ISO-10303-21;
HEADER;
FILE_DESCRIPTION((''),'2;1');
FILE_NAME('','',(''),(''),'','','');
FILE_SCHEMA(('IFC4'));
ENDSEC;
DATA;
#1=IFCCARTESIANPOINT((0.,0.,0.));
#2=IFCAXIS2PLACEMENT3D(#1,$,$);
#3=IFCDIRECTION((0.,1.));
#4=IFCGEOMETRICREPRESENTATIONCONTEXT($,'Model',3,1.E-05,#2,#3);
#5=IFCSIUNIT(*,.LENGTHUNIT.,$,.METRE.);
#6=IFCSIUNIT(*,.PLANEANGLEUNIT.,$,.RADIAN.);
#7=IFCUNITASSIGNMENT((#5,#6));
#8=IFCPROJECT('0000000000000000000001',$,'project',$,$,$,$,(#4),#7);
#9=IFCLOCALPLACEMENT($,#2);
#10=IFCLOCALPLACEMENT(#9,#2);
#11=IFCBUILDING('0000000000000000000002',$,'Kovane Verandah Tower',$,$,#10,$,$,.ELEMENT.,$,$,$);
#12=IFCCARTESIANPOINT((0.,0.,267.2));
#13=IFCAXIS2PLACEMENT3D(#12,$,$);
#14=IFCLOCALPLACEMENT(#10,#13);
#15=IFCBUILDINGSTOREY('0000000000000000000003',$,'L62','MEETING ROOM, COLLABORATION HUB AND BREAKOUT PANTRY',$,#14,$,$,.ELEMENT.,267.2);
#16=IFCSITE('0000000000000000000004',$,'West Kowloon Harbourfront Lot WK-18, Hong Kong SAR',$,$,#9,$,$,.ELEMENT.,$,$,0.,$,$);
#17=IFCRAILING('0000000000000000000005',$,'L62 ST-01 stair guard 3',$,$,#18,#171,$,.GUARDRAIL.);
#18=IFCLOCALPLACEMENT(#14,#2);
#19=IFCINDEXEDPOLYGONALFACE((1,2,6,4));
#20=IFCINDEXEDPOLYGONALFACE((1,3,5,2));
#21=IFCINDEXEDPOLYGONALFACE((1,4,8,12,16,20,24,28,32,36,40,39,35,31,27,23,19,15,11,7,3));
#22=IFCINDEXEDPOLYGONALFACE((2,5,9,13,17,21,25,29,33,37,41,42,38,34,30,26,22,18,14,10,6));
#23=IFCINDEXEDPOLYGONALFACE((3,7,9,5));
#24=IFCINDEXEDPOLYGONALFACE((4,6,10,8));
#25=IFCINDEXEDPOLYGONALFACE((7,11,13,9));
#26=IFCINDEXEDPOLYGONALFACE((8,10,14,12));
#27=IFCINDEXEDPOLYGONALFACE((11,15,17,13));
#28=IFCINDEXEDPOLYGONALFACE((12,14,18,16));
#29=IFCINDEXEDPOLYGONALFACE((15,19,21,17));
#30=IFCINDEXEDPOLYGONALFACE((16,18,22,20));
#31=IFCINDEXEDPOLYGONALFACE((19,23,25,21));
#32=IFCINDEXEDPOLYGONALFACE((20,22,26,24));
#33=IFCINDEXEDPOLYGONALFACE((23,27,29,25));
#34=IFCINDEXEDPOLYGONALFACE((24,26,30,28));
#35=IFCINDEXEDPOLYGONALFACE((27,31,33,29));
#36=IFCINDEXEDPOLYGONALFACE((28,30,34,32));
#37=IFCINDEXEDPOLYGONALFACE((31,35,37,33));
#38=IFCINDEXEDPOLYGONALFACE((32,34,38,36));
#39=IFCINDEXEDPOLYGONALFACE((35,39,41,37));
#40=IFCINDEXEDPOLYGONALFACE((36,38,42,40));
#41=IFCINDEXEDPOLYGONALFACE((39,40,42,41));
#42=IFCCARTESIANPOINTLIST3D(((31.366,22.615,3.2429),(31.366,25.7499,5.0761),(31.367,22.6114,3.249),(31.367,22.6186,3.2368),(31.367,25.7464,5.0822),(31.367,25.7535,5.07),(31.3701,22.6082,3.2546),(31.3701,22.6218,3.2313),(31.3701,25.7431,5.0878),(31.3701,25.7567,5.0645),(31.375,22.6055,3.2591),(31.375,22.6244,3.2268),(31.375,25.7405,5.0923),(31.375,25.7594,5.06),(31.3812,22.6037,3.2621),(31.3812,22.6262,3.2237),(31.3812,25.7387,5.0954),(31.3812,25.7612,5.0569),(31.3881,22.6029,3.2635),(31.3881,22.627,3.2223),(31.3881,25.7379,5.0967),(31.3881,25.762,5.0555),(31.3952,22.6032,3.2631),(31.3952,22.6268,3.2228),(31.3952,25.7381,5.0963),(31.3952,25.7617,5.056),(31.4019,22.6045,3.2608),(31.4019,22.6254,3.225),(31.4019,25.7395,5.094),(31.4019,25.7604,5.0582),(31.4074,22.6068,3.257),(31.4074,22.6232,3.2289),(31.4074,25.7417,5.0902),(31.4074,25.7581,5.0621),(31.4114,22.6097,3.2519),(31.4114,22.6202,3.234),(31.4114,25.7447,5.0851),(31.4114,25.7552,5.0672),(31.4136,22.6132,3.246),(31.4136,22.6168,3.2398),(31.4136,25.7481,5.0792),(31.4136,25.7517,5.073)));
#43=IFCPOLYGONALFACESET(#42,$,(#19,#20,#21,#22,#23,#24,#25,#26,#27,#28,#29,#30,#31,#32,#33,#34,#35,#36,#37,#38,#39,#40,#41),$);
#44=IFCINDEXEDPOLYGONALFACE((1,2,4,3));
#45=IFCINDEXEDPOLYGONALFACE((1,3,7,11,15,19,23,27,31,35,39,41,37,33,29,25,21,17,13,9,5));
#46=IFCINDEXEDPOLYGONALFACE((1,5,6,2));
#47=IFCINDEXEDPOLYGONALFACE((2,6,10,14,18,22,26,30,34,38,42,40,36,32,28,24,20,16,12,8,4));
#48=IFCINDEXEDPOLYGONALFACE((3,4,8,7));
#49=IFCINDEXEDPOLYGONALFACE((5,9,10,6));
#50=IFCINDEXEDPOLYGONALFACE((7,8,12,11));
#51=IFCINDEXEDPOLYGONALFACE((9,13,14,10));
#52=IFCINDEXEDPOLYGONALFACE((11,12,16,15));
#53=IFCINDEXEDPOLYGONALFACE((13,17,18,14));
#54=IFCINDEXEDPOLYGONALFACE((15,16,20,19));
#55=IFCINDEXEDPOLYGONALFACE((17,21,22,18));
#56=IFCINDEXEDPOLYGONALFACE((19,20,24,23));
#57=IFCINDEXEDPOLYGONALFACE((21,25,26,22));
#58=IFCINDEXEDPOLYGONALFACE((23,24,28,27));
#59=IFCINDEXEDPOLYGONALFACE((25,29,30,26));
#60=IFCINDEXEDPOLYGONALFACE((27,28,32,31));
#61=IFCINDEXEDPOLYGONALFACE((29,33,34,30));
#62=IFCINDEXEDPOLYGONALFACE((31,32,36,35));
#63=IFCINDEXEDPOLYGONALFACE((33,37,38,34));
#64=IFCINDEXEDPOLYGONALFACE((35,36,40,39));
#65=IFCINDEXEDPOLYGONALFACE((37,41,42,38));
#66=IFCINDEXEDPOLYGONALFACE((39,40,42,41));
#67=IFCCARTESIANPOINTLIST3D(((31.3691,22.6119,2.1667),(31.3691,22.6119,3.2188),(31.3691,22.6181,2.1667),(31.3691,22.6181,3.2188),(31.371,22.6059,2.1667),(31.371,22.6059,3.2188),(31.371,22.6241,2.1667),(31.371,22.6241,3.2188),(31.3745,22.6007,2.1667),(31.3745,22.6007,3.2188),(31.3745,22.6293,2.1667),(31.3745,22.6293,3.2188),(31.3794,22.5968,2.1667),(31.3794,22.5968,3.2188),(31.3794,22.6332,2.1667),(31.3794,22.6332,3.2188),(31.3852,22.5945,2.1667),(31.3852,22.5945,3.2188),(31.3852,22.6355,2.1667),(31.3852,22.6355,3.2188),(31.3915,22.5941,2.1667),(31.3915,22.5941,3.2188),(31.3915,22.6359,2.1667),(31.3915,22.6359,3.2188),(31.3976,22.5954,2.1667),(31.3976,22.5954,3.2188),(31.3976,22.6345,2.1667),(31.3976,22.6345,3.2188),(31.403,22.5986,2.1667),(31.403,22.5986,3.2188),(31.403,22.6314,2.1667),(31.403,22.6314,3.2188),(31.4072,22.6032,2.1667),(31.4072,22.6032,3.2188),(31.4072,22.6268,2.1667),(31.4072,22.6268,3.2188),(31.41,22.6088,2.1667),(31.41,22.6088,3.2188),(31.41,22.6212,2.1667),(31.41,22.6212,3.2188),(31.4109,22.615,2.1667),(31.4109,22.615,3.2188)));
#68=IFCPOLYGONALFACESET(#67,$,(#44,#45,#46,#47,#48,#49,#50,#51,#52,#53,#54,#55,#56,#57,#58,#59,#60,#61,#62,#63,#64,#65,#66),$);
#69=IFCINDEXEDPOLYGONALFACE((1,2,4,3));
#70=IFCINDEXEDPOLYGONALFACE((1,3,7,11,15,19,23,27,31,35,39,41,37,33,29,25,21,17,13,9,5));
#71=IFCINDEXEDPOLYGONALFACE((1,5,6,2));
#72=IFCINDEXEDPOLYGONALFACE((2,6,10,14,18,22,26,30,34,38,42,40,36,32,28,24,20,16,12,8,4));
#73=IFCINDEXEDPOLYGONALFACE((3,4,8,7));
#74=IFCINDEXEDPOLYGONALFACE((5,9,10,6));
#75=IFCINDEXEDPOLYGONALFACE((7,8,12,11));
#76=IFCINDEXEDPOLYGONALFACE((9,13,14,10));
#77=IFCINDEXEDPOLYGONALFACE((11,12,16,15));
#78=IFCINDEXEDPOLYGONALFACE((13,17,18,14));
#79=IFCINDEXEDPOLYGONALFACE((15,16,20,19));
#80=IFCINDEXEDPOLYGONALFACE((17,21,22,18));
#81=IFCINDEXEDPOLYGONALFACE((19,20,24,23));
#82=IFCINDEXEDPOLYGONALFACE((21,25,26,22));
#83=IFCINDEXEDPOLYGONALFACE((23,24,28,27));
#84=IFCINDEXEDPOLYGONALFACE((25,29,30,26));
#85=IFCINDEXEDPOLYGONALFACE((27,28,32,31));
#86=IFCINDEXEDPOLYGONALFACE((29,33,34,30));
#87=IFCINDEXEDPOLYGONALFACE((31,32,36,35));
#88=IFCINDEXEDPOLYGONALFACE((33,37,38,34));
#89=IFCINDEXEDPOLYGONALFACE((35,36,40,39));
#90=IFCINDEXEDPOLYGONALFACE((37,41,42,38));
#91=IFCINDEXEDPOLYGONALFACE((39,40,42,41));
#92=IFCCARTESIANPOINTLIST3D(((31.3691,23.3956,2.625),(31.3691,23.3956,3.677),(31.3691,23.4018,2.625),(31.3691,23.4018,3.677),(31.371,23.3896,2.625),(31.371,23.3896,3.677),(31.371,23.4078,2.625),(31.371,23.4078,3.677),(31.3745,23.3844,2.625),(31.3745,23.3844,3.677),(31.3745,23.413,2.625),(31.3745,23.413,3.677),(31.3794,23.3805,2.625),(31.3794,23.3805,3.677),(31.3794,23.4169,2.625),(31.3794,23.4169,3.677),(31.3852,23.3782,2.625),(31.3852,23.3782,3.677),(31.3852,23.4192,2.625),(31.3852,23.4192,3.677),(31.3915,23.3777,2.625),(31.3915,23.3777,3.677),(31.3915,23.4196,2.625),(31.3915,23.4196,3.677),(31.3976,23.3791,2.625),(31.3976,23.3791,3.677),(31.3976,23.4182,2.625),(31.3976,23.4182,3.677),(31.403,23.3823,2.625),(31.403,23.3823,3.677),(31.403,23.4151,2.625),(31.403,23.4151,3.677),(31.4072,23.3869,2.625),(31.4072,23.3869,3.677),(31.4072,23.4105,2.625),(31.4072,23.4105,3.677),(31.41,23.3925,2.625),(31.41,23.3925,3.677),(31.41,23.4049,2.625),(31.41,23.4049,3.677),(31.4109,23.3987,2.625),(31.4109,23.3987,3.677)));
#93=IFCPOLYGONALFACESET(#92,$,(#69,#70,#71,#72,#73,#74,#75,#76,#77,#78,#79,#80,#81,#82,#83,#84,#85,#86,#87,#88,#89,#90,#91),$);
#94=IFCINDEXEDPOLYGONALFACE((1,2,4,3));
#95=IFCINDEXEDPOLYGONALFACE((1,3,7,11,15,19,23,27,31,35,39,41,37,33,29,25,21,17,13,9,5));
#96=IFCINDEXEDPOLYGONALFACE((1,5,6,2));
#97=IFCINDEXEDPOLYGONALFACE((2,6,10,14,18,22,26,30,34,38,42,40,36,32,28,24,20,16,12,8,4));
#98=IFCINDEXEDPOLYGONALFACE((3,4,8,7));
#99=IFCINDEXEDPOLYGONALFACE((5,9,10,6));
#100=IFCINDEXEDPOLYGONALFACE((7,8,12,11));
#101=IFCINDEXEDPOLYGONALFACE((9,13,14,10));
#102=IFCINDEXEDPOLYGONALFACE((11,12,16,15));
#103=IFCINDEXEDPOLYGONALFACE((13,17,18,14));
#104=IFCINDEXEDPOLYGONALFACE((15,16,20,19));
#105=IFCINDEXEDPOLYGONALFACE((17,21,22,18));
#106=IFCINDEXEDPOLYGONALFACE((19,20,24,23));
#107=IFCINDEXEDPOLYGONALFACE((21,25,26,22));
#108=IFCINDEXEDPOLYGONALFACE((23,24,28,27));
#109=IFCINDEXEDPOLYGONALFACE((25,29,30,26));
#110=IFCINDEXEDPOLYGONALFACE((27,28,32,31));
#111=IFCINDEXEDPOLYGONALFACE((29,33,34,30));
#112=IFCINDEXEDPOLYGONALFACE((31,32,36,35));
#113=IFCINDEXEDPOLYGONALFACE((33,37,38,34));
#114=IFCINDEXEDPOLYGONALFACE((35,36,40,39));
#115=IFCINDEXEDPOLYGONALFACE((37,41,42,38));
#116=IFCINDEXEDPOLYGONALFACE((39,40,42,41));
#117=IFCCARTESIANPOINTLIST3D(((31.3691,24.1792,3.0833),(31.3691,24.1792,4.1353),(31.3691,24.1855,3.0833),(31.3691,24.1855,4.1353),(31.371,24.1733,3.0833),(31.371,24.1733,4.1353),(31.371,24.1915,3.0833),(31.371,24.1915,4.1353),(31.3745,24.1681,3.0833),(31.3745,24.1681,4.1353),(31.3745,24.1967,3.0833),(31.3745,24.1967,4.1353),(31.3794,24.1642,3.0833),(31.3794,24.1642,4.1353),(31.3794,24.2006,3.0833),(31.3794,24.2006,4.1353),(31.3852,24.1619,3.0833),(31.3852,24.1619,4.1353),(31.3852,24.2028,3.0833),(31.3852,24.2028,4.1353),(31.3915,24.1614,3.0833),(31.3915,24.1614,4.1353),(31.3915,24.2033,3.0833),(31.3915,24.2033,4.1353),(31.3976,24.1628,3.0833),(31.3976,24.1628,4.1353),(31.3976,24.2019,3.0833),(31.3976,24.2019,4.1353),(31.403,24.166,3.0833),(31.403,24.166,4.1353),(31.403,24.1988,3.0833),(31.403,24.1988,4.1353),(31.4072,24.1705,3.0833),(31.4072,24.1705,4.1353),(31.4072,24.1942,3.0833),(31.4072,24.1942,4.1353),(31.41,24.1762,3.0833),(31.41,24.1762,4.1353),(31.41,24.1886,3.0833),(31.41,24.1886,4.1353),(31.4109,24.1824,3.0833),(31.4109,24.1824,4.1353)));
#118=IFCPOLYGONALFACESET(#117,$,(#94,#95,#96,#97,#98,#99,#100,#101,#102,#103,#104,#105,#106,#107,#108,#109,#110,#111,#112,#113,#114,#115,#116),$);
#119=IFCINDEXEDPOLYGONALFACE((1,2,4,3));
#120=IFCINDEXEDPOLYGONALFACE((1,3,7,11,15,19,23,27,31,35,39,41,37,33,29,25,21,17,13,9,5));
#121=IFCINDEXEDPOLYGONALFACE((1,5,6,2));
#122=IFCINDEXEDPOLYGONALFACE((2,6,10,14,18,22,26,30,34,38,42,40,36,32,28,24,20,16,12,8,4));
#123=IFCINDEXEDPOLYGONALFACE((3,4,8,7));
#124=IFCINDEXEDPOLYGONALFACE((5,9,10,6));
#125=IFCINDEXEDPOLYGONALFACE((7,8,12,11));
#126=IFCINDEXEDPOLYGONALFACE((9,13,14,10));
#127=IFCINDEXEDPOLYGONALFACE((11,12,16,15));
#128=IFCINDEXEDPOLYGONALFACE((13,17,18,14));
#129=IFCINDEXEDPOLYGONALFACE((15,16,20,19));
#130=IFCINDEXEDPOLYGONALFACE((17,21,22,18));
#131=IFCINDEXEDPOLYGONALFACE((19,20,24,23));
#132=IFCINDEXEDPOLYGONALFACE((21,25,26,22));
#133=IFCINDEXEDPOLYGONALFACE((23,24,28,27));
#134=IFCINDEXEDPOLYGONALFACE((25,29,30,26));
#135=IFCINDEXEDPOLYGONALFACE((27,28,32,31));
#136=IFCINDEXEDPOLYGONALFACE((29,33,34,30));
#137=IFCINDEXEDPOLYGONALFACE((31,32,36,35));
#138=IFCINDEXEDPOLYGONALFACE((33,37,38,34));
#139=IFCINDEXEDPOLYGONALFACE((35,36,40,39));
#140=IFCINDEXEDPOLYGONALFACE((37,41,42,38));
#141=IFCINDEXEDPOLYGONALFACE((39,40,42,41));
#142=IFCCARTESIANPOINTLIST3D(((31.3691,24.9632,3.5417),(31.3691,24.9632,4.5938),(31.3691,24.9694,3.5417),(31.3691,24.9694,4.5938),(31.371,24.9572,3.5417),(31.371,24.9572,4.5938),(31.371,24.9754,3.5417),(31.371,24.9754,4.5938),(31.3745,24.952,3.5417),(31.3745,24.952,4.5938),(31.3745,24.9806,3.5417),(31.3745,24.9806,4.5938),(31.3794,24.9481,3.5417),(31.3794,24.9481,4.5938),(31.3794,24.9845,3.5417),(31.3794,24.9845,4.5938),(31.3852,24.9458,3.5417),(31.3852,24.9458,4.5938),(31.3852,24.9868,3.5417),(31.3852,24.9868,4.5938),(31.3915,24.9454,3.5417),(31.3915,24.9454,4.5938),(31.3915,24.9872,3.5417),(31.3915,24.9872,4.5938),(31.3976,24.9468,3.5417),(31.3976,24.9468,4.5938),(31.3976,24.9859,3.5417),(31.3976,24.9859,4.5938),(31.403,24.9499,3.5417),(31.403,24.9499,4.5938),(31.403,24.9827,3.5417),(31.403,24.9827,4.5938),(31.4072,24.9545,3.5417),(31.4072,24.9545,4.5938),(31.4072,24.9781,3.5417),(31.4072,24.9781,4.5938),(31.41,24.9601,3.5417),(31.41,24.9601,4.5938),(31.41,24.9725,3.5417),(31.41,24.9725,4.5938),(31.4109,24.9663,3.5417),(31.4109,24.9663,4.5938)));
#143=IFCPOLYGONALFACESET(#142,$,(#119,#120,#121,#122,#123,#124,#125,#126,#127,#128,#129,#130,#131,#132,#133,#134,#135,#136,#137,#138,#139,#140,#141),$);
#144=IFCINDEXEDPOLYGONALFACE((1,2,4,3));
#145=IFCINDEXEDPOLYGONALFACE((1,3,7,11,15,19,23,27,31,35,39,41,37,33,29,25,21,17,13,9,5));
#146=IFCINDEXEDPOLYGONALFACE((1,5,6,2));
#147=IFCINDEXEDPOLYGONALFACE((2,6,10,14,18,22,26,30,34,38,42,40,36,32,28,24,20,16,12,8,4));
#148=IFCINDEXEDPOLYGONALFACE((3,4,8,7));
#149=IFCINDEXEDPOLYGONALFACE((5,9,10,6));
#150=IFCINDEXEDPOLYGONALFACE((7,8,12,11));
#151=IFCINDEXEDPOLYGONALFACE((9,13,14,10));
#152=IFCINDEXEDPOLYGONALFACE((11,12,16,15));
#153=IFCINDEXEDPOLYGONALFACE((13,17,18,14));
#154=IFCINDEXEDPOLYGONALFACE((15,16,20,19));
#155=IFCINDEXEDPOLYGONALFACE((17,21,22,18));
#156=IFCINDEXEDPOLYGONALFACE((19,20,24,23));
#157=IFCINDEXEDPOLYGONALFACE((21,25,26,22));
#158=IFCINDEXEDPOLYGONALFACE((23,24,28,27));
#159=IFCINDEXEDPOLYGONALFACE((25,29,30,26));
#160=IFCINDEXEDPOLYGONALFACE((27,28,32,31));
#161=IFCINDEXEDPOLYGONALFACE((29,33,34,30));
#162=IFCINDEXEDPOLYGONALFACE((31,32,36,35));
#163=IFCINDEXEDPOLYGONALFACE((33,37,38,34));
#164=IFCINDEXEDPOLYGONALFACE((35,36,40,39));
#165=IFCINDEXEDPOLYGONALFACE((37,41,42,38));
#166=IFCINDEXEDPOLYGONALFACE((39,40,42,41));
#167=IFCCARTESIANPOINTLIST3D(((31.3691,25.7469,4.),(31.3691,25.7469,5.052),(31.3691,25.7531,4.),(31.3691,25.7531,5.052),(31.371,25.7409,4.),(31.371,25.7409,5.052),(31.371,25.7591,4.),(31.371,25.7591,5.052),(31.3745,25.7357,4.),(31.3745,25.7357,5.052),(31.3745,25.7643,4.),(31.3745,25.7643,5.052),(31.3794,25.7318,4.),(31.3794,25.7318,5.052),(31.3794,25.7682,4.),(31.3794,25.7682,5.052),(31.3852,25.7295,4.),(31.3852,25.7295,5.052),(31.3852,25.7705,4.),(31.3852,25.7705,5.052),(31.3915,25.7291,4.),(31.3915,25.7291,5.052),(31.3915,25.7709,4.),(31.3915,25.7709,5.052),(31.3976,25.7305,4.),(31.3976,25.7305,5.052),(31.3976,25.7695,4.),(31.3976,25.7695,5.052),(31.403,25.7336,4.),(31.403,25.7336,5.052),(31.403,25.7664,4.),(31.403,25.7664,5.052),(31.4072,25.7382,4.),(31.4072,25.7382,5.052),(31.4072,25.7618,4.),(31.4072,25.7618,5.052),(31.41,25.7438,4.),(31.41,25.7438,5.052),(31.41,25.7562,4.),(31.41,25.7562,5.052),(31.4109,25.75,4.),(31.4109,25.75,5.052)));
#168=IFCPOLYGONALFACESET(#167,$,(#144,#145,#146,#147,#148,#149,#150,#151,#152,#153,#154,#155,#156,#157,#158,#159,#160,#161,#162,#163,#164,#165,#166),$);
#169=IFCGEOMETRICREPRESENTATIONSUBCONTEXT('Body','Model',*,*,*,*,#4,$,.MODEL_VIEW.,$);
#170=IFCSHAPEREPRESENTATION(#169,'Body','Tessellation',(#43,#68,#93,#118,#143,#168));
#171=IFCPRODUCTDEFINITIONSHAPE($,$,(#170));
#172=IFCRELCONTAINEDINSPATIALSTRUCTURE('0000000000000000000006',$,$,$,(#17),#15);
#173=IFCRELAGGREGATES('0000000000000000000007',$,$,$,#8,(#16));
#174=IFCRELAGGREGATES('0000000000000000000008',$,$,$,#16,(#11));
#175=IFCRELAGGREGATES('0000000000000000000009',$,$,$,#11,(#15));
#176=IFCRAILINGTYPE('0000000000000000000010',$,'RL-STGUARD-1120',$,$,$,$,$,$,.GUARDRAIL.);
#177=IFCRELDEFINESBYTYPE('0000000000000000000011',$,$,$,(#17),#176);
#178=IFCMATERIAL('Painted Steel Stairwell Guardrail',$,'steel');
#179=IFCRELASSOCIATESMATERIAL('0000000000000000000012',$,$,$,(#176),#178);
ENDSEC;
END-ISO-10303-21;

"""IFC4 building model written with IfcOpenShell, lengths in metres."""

from ifc_helpers import new_model, si_unit, direction, frame, origin, origin_2d, place, context, subcontext, project, spatial, circle, extrude, material, type_object, element, save


model = new_model("IFC4")

# Units and contexts
model_context = context("Model", 3, precision=1e-05, world=origin(), true_north=direction((0.0, 1.0)))
body_context = subcontext(model_context, "Body", "Model", "MODEL_VIEW")
ifc_project = project(units=[si_unit("LENGTHUNIT", "METRE"), si_unit("PLANEANGLEUNIT", "RADIAN")], contexts=[model_context])

# Site, building, storey
site_placement = place(None, origin())
site = spatial("IfcSite", under=ifc_project, at=site_placement, Name="West Kowloon Harbourfront Lot WK-18, Hong Kong SAR", CompositionType="ELEMENT", RefElevation=0.0)
building_placement = place(site_placement, origin())
building = spatial("IfcBuilding", under=site, at=building_placement, Name="Kovane Verandah Tower", CompositionType="ELEMENT")
storey_placement = place(building_placement, frame((0.0, 0.0, 267.2)))
storey = spatial("IfcBuildingStorey", under=building, at=storey_placement, Name="L62", Description="MEETING ROOM, COLLABORATION HUB AND BREAKOUT PANTRY", CompositionType="ELEMENT", Elevation=267.2)

# Railing
ifc_material_1 = material(Name="Painted Steel Stairwell Guardrail", Category="steel")
railing_type_1 = type_object("IfcRailingType", Name="RL-STGUARD-1120", PredefinedType="GUARDRAIL", material=ifc_material_1)
railing_1_placement = place(storey_placement, frame((31.3899, 22.615, 2.1667)))
element("IfcRailing", 1, at=railing_1_placement, inside=storey, type_object=railing_type_1, Name="L62 ST-01 stair guard 3", PredefinedType="GUARDRAIL", context=body_context, shape_type="SweptSolid", body=[
    extrude(circle(Radius=0.0239, at=origin_2d()), frame((0.0, 0.0, 1.0762), z_axis=(0.0, 0.86324, 0.504794), x_axis=(-1.0, 0.0, 0.0)), (0.0, 0.0, 1.0), 3.6316),
    extrude(circle(Radius=0.021, at=origin_2d()), origin(), (0.0, 0.0, 1.0), 1.052),
    extrude(circle(Radius=0.021, at=origin_2d()), frame((0.0, 0.7837, 0.4583)), (0.0, 0.0, 1.0), 1.052),
    extrude(circle(Radius=0.021, at=origin_2d()), frame((0.0, 1.5674, 0.9165)), (0.0, 0.0, 1.0), 1.052),
    extrude(circle(Radius=0.021, at=origin_2d()), frame((0.0, 2.3513, 1.375)), (0.0, 0.0, 1.0), 1.052),
    extrude(circle(Radius=0.021, at=origin_2d()), frame((0.0, 3.135, 1.8333)), (0.0, 0.0, 1.0), 1.052),
])

save(model, "model.ifc")
